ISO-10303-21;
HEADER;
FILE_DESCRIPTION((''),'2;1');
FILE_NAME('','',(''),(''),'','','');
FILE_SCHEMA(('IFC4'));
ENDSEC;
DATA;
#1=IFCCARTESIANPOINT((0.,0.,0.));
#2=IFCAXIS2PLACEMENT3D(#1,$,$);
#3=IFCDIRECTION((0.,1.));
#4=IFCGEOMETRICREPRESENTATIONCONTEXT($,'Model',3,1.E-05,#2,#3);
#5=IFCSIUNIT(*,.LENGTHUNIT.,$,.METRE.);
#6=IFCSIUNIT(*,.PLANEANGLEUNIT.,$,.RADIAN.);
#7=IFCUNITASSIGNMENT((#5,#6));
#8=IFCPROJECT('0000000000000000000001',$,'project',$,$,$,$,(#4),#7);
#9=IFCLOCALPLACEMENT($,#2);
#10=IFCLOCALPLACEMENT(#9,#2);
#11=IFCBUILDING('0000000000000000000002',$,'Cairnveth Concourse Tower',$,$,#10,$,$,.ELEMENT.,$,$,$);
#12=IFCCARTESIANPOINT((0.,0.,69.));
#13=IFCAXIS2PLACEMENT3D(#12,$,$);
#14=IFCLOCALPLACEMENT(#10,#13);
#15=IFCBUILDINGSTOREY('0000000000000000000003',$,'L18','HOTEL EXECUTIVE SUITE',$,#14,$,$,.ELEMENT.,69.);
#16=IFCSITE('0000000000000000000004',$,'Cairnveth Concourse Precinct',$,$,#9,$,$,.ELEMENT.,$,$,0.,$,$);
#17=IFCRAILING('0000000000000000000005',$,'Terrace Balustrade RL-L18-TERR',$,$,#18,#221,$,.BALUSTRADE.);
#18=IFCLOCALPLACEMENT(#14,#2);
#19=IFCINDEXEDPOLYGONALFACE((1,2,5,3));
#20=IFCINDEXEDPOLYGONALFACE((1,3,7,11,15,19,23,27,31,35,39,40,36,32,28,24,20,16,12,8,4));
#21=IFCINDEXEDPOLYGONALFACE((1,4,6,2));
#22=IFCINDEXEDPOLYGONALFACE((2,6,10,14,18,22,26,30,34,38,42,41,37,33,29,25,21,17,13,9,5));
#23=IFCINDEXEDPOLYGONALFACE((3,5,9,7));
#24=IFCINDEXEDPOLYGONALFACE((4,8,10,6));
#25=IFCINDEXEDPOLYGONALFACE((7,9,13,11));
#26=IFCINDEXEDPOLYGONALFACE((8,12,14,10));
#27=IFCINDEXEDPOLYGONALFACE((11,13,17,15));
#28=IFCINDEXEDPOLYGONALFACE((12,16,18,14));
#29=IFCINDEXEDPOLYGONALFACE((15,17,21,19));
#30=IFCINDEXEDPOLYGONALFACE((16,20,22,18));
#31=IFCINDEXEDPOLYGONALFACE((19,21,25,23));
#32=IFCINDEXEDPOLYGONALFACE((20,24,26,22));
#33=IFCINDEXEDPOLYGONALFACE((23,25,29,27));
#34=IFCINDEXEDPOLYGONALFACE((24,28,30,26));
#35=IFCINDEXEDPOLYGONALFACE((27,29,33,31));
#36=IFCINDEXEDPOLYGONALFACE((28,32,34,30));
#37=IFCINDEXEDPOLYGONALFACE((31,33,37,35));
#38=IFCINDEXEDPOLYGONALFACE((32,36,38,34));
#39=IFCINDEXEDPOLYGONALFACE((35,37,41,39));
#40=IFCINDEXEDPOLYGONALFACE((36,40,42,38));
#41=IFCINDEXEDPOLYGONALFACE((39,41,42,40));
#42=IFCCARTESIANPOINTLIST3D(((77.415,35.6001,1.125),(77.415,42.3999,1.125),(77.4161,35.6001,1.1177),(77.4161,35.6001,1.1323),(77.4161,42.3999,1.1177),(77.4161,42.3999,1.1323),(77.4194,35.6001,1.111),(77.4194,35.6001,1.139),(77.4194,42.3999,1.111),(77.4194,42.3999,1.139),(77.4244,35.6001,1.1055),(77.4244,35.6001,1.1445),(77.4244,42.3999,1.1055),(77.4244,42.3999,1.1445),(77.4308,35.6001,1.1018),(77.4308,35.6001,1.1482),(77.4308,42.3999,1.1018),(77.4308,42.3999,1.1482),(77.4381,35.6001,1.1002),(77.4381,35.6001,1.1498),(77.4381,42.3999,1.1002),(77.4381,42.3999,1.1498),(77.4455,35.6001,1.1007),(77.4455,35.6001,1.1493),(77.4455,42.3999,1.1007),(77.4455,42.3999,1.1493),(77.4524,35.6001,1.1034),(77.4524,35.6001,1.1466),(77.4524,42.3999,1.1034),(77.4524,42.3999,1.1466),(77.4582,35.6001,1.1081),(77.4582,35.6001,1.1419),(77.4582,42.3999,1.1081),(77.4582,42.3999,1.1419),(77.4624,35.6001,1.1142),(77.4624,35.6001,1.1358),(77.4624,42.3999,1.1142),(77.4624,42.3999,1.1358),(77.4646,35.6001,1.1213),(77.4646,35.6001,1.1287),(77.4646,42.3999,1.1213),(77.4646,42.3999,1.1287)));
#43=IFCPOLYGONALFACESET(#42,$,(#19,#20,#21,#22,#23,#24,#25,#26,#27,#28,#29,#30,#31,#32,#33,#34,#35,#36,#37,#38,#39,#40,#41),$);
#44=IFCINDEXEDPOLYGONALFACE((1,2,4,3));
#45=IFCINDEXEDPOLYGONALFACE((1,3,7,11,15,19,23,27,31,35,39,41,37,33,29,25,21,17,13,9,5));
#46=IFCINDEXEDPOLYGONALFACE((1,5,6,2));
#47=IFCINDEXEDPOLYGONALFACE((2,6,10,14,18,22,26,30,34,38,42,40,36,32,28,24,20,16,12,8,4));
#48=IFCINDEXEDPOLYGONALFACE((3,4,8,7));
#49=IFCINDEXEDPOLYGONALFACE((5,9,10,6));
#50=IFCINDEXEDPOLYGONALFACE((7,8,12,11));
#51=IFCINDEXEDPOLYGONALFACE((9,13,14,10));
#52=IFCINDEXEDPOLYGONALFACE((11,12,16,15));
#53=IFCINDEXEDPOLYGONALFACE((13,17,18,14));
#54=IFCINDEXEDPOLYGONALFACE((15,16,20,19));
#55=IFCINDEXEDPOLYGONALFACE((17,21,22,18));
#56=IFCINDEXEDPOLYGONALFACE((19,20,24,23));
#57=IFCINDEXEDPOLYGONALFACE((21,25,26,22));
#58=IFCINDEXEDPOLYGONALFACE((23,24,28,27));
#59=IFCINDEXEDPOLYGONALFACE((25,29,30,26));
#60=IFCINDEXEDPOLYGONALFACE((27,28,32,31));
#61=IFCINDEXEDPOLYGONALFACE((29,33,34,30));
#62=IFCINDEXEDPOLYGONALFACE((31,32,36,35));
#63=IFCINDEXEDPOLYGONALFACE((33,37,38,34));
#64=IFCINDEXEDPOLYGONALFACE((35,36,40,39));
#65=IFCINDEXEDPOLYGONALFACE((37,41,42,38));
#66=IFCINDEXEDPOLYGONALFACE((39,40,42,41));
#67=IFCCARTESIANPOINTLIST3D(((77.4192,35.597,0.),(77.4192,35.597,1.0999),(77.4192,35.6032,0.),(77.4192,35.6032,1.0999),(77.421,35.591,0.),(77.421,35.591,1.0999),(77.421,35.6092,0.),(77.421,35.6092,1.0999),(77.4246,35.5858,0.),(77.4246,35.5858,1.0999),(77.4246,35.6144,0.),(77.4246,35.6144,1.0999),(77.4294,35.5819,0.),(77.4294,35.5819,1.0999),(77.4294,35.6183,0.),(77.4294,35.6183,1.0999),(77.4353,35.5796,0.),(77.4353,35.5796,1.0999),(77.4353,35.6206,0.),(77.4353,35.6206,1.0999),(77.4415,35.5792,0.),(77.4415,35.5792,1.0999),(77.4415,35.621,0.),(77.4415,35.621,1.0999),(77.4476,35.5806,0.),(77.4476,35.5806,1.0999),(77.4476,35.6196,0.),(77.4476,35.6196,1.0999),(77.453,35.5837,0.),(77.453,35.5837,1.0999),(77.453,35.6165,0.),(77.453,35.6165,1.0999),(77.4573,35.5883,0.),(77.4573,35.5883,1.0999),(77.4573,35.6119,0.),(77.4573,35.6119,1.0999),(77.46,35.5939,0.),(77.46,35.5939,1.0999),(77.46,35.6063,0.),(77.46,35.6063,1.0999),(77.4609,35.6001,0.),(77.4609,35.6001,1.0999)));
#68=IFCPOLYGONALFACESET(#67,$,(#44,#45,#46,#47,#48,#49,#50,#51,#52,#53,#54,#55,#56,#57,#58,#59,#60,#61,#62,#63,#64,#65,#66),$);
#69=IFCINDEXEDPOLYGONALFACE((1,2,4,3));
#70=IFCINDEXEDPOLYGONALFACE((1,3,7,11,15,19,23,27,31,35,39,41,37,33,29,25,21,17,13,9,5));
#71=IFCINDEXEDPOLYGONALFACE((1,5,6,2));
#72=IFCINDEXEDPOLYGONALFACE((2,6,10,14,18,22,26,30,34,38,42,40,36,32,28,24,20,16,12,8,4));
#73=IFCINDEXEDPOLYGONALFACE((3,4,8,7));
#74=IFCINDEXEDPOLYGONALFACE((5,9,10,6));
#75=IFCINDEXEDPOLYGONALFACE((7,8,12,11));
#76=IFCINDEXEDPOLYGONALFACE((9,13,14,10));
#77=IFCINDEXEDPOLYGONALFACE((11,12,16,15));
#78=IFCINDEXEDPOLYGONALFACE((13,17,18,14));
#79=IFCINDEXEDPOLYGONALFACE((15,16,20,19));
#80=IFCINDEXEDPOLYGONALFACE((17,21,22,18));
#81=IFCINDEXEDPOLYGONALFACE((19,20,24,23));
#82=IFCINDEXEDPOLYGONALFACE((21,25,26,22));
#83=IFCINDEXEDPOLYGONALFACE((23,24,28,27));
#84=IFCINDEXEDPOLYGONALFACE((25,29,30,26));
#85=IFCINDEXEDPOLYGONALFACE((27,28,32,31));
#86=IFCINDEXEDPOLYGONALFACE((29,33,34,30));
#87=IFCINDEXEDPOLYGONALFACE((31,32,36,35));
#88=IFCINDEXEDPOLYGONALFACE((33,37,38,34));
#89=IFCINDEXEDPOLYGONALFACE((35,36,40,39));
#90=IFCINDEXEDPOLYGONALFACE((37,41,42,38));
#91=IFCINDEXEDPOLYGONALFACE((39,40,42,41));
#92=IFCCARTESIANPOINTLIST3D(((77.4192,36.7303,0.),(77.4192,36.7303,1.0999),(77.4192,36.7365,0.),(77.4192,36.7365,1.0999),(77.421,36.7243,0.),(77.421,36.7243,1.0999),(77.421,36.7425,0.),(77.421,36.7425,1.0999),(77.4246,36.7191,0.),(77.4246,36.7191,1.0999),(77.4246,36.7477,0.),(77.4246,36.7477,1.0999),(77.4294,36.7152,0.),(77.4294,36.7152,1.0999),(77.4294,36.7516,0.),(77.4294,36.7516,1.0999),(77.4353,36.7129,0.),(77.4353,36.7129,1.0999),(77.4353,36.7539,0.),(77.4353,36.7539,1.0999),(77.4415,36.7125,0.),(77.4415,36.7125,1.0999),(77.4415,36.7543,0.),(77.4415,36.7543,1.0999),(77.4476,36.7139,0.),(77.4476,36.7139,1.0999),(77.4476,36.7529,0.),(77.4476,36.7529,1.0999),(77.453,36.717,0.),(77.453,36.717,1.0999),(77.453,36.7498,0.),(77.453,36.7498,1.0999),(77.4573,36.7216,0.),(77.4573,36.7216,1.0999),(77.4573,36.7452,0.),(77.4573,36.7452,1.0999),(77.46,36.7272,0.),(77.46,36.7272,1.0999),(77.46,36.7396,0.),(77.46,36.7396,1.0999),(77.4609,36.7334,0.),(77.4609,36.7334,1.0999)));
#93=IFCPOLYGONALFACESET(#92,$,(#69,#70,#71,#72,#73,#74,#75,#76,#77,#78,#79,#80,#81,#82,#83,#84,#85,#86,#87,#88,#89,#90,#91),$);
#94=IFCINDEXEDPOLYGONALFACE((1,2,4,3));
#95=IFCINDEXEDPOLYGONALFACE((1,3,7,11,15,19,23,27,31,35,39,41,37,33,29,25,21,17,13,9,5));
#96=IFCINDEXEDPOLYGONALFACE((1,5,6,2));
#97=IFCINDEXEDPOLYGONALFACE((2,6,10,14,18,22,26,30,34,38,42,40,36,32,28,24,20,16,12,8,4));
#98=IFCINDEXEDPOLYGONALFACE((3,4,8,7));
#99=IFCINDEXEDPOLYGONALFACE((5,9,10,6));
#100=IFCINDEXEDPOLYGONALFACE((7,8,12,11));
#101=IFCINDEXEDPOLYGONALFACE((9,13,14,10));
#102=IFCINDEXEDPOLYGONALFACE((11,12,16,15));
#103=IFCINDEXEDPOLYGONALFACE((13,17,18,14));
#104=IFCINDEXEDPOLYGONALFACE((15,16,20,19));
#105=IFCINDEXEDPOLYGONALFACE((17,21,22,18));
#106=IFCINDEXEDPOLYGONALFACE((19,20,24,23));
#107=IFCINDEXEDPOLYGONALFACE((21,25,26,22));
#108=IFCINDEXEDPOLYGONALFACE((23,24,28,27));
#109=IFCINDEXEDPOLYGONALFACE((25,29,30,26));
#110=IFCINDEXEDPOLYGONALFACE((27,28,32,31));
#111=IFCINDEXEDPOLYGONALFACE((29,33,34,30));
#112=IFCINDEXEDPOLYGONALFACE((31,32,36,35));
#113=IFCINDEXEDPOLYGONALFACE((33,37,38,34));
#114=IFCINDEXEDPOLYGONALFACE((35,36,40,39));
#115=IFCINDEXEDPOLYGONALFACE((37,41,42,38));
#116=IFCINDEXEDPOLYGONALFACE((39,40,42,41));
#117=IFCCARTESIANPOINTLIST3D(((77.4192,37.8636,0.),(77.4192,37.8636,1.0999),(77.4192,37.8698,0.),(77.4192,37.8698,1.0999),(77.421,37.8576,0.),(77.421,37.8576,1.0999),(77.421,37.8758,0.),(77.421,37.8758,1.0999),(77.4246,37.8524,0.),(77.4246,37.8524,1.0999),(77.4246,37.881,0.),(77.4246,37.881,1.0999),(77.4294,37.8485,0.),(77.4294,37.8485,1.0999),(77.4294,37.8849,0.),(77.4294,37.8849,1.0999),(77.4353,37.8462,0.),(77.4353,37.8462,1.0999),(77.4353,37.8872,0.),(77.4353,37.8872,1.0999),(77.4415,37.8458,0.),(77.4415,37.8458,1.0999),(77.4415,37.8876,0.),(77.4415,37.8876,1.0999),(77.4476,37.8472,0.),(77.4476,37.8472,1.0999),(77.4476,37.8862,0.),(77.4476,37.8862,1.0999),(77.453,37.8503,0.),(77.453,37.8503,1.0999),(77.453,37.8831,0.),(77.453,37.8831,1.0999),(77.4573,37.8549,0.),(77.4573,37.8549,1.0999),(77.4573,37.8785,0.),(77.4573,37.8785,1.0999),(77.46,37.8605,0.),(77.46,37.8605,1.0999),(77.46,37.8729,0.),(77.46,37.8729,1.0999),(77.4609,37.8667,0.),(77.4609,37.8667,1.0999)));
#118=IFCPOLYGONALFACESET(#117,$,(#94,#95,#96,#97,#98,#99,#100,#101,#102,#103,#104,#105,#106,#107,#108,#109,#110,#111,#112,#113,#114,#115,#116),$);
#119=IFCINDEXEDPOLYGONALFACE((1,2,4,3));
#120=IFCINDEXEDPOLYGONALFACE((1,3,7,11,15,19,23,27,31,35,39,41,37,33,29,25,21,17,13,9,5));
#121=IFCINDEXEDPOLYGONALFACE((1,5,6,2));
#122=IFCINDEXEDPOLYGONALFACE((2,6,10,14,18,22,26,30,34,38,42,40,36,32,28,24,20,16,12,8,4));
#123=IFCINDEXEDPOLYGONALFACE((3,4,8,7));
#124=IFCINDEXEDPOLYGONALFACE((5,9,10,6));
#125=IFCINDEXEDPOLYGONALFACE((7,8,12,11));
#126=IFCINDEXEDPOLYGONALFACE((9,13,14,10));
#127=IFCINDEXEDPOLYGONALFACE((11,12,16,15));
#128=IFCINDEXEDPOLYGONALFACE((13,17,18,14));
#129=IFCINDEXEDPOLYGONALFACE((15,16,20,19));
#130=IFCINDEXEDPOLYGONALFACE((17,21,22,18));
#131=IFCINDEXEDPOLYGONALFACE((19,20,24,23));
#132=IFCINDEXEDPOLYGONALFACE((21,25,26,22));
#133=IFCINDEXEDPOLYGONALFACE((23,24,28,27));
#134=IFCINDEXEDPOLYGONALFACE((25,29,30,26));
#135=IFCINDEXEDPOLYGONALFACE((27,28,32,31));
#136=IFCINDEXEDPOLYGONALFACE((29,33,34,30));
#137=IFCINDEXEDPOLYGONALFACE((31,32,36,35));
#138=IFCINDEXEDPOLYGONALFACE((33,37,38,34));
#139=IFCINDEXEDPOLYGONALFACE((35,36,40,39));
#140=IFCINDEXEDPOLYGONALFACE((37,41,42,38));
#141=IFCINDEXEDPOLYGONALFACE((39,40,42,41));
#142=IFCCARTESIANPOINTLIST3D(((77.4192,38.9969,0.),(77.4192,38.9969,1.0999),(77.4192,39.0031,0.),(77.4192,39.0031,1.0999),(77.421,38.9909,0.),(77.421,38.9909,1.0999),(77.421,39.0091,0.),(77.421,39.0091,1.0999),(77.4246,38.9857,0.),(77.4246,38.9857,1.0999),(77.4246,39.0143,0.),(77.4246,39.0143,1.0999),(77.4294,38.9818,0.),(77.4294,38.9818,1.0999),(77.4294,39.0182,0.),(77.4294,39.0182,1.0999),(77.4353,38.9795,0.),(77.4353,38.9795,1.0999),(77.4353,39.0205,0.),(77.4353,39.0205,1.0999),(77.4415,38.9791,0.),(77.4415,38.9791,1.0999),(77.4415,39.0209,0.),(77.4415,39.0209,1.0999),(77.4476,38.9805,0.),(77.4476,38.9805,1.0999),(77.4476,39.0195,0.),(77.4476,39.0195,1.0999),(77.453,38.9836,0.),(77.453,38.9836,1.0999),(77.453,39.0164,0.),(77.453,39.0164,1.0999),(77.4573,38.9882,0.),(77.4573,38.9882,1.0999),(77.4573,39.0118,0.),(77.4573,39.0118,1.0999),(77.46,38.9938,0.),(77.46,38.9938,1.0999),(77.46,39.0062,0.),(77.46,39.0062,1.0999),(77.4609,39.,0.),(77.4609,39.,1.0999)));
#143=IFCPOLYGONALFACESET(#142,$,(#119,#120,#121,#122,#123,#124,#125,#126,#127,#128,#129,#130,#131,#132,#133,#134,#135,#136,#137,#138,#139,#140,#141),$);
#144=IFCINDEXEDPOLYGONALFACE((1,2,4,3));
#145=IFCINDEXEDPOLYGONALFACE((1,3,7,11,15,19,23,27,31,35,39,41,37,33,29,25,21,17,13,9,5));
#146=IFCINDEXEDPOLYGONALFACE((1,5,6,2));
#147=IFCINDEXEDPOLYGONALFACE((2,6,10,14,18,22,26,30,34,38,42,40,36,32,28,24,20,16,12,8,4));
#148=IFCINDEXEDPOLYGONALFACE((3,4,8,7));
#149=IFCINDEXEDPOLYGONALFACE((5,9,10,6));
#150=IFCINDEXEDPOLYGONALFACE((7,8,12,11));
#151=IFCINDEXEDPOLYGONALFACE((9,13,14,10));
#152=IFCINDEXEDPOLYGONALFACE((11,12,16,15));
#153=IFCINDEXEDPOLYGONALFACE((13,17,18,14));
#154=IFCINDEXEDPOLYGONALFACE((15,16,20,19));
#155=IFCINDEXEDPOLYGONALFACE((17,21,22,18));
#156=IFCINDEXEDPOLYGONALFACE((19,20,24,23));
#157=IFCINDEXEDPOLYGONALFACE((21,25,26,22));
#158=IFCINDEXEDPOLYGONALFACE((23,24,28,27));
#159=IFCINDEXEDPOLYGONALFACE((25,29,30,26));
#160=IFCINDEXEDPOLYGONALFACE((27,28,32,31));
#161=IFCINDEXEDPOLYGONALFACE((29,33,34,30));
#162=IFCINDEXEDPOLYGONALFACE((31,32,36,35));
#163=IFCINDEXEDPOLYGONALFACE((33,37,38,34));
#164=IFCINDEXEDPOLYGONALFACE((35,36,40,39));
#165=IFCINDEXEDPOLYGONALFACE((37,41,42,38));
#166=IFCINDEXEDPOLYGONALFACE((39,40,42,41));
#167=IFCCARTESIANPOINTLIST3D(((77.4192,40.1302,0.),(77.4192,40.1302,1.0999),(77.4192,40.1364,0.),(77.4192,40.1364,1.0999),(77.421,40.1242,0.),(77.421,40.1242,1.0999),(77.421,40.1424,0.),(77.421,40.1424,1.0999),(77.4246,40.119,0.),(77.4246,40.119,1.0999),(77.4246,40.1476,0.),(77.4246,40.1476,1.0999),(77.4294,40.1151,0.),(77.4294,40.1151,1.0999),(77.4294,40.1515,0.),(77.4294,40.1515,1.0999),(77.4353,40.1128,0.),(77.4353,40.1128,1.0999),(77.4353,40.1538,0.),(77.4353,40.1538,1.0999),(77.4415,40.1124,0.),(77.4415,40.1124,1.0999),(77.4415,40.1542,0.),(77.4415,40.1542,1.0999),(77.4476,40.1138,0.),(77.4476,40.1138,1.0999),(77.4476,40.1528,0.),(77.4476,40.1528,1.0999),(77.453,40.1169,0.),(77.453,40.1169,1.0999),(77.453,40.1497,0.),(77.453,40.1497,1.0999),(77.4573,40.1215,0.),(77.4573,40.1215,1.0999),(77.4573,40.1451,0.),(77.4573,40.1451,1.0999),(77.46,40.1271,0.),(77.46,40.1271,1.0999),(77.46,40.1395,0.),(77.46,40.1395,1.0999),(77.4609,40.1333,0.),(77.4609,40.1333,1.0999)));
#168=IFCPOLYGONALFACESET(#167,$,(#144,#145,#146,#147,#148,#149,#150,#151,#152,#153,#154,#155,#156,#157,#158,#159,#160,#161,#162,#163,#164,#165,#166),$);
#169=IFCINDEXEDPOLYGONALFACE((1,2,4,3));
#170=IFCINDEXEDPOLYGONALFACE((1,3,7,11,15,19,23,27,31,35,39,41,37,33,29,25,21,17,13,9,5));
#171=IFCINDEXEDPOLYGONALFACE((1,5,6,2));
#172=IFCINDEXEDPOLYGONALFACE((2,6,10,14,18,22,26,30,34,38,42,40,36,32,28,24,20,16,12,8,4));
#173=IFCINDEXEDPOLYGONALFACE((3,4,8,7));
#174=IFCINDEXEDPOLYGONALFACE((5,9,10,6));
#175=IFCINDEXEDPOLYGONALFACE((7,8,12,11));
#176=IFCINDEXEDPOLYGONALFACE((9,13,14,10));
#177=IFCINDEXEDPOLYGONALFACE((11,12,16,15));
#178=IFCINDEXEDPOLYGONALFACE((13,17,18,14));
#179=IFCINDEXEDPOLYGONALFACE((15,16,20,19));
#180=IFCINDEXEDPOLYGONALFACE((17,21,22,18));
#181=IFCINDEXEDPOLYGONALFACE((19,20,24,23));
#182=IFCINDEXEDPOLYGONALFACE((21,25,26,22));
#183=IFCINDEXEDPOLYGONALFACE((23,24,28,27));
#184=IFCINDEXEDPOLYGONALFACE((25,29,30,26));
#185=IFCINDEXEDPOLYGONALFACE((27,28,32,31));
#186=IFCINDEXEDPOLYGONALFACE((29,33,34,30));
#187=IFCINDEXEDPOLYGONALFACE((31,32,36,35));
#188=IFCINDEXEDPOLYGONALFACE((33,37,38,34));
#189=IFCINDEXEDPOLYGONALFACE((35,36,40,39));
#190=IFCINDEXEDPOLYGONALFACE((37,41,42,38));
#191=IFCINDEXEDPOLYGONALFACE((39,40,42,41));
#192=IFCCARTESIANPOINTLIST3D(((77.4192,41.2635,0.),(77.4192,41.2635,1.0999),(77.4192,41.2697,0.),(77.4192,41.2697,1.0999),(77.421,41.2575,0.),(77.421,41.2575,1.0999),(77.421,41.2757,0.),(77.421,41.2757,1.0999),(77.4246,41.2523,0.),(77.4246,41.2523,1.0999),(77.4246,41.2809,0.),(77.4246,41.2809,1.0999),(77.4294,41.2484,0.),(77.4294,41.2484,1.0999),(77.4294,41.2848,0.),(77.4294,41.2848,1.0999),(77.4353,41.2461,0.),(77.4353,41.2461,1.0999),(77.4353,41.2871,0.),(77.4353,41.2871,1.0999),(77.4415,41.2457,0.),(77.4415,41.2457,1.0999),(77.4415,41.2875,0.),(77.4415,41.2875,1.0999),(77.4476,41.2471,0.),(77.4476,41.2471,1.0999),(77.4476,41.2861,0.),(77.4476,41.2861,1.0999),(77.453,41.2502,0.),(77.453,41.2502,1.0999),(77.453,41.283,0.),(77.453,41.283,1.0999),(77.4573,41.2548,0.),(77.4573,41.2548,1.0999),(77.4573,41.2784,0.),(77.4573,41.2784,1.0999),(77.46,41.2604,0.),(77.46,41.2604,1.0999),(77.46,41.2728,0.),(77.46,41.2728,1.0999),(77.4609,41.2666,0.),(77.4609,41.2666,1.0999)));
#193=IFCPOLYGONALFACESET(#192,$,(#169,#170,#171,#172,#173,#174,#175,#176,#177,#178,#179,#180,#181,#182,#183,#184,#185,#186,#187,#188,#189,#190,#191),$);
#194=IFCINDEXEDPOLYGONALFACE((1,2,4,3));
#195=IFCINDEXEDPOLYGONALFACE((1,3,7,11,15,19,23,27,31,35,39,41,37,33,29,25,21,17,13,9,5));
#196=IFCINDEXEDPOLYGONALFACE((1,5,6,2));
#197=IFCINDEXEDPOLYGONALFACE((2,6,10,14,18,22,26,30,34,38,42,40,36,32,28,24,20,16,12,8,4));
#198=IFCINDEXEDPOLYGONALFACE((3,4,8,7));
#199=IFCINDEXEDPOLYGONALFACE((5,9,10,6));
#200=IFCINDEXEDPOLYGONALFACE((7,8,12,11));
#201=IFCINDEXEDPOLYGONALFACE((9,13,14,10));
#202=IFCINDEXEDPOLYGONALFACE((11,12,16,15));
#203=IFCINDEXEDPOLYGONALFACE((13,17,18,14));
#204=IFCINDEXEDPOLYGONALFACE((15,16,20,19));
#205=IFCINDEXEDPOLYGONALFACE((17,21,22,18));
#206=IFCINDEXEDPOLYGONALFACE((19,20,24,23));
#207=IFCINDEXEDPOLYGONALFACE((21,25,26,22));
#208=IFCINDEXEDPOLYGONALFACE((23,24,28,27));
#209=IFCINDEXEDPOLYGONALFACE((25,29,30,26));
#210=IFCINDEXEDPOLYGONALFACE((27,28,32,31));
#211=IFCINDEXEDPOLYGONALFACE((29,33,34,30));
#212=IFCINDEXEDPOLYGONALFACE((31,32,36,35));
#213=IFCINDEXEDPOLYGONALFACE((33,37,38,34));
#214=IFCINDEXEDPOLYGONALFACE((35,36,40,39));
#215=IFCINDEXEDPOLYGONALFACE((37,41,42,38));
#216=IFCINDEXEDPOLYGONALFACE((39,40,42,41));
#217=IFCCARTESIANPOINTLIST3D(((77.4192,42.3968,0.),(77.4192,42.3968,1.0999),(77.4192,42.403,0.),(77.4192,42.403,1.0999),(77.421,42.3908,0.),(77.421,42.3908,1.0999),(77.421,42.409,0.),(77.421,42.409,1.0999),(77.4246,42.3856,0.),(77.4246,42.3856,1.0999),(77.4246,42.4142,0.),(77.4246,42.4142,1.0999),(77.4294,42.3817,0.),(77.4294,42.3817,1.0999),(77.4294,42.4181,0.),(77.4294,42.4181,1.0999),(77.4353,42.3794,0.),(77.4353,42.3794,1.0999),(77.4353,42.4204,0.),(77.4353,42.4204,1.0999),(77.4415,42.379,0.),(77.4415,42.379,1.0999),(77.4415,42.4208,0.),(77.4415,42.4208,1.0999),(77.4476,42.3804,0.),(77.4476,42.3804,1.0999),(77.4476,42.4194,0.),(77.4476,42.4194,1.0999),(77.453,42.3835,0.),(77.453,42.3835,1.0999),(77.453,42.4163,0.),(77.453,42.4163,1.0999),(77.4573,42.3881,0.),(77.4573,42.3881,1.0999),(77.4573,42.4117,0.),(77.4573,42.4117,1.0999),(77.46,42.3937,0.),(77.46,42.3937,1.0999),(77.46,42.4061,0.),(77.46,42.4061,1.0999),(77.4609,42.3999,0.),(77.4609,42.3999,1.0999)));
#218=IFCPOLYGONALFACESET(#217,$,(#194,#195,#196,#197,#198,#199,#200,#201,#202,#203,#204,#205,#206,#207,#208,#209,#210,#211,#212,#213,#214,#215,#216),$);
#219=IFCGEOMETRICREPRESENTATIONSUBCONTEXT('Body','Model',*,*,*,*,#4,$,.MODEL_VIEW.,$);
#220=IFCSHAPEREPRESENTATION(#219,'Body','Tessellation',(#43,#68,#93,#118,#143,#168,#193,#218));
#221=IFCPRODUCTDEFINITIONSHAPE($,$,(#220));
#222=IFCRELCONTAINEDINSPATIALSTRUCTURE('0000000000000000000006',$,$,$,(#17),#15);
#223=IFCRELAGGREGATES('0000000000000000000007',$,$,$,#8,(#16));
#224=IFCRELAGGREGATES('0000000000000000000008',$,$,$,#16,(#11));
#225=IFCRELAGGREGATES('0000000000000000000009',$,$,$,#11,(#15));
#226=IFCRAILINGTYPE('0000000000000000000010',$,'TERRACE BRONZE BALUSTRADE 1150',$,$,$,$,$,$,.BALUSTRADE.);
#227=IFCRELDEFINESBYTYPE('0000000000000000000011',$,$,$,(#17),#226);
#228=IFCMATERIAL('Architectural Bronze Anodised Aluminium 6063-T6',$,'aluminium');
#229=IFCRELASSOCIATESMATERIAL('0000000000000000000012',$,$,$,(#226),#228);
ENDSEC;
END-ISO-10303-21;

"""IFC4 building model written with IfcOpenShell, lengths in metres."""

from ifc_helpers import new_model, si_unit, direction, frame, origin, origin_2d, place, context, subcontext, project, spatial, circle, extrude, material, type_object, element, save


model = new_model("IFC4")

# Units and contexts
model_context = context("Model", 3, precision=1e-05, world=origin(), true_north=direction((0.0, 1.0)))
body_context = subcontext(model_context, "Body", "Model", "MODEL_VIEW")
ifc_project = project(units=[si_unit("LENGTHUNIT", "METRE"), si_unit("PLANEANGLEUNIT", "RADIAN")], contexts=[model_context])

# Site, building, storey
site_placement = place(None, origin())
site = spatial("IfcSite", under=ifc_project, at=site_placement, Name="Cairnveth Concourse Precinct", CompositionType="ELEMENT", RefElevation=0.0)
building_placement = place(site_placement, origin())
building = spatial("IfcBuilding", under=site, at=building_placement, Name="Cairnveth Concourse Tower", CompositionType="ELEMENT")
storey_placement = place(building_placement, frame((0.0, 0.0, 69.0)))
storey = spatial("IfcBuildingStorey", under=building, at=storey_placement, Name="L18", Description="HOTEL EXECUTIVE SUITE", CompositionType="ELEMENT", Elevation=69.0)

# Shared definitions
ifc_material_1 = material(Name="Architectural Bronze Anodised Aluminium 6063-T6", Category="aluminium")

# Railing
railing_type = type_object("IfcRailingType", Name="TERRACE BRONZE BALUSTRADE 1150", PredefinedType="BALUSTRADE", material=ifc_material_1)
railing_placement = place(storey_placement, frame((77.4399, 35.6001, 0.0)))
element("IfcRailing", 1, at=railing_placement, inside=storey, type_object=railing_type, Name="Terrace Balustrade RL-L18-TERR", PredefinedType="BALUSTRADE", context=body_context, shape_type="SweptSolid", body=[
    extrude(circle(Radius=0.0249, at=origin_2d()), frame((0.0, 0.0, 1.125), z_axis=(0.0, 1.0, 0.0), x_axis=(-1.0, 0.0, 0.0)), (0.0, 0.0, 1.0), 6.7998),
    extrude(circle(Radius=0.021, at=origin_2d()), origin(), (0.0, 0.0, 1.0), 1.0999),
    extrude(circle(Radius=0.021, at=origin_2d()), frame((0.0, 1.1333, 0.0)), (0.0, 0.0, 1.0), 1.0999),
    extrude(circle(Radius=0.021, at=origin_2d()), frame((0.0, 2.2666, 0.0)), (0.0, 0.0, 1.0), 1.0999),
    extrude(circle(Radius=0.021, at=origin_2d()), frame((0.0, 3.3999, 0.0)), (0.0, 0.0, 1.0), 1.0999),
    extrude(circle(Radius=0.021, at=origin_2d()), frame((0.0, 4.5332, 0.0)), (0.0, 0.0, 1.0), 1.0999),
    extrude(circle(Radius=0.021, at=origin_2d()), frame((0.0, 5.6665, 0.0)), (0.0, 0.0, 1.0), 1.0999),
    extrude(circle(Radius=0.021, at=origin_2d()), frame((0.0, 6.7998, 0.0)), (0.0, 0.0, 1.0), 1.0999),
])

save(model, "model.ifc")
